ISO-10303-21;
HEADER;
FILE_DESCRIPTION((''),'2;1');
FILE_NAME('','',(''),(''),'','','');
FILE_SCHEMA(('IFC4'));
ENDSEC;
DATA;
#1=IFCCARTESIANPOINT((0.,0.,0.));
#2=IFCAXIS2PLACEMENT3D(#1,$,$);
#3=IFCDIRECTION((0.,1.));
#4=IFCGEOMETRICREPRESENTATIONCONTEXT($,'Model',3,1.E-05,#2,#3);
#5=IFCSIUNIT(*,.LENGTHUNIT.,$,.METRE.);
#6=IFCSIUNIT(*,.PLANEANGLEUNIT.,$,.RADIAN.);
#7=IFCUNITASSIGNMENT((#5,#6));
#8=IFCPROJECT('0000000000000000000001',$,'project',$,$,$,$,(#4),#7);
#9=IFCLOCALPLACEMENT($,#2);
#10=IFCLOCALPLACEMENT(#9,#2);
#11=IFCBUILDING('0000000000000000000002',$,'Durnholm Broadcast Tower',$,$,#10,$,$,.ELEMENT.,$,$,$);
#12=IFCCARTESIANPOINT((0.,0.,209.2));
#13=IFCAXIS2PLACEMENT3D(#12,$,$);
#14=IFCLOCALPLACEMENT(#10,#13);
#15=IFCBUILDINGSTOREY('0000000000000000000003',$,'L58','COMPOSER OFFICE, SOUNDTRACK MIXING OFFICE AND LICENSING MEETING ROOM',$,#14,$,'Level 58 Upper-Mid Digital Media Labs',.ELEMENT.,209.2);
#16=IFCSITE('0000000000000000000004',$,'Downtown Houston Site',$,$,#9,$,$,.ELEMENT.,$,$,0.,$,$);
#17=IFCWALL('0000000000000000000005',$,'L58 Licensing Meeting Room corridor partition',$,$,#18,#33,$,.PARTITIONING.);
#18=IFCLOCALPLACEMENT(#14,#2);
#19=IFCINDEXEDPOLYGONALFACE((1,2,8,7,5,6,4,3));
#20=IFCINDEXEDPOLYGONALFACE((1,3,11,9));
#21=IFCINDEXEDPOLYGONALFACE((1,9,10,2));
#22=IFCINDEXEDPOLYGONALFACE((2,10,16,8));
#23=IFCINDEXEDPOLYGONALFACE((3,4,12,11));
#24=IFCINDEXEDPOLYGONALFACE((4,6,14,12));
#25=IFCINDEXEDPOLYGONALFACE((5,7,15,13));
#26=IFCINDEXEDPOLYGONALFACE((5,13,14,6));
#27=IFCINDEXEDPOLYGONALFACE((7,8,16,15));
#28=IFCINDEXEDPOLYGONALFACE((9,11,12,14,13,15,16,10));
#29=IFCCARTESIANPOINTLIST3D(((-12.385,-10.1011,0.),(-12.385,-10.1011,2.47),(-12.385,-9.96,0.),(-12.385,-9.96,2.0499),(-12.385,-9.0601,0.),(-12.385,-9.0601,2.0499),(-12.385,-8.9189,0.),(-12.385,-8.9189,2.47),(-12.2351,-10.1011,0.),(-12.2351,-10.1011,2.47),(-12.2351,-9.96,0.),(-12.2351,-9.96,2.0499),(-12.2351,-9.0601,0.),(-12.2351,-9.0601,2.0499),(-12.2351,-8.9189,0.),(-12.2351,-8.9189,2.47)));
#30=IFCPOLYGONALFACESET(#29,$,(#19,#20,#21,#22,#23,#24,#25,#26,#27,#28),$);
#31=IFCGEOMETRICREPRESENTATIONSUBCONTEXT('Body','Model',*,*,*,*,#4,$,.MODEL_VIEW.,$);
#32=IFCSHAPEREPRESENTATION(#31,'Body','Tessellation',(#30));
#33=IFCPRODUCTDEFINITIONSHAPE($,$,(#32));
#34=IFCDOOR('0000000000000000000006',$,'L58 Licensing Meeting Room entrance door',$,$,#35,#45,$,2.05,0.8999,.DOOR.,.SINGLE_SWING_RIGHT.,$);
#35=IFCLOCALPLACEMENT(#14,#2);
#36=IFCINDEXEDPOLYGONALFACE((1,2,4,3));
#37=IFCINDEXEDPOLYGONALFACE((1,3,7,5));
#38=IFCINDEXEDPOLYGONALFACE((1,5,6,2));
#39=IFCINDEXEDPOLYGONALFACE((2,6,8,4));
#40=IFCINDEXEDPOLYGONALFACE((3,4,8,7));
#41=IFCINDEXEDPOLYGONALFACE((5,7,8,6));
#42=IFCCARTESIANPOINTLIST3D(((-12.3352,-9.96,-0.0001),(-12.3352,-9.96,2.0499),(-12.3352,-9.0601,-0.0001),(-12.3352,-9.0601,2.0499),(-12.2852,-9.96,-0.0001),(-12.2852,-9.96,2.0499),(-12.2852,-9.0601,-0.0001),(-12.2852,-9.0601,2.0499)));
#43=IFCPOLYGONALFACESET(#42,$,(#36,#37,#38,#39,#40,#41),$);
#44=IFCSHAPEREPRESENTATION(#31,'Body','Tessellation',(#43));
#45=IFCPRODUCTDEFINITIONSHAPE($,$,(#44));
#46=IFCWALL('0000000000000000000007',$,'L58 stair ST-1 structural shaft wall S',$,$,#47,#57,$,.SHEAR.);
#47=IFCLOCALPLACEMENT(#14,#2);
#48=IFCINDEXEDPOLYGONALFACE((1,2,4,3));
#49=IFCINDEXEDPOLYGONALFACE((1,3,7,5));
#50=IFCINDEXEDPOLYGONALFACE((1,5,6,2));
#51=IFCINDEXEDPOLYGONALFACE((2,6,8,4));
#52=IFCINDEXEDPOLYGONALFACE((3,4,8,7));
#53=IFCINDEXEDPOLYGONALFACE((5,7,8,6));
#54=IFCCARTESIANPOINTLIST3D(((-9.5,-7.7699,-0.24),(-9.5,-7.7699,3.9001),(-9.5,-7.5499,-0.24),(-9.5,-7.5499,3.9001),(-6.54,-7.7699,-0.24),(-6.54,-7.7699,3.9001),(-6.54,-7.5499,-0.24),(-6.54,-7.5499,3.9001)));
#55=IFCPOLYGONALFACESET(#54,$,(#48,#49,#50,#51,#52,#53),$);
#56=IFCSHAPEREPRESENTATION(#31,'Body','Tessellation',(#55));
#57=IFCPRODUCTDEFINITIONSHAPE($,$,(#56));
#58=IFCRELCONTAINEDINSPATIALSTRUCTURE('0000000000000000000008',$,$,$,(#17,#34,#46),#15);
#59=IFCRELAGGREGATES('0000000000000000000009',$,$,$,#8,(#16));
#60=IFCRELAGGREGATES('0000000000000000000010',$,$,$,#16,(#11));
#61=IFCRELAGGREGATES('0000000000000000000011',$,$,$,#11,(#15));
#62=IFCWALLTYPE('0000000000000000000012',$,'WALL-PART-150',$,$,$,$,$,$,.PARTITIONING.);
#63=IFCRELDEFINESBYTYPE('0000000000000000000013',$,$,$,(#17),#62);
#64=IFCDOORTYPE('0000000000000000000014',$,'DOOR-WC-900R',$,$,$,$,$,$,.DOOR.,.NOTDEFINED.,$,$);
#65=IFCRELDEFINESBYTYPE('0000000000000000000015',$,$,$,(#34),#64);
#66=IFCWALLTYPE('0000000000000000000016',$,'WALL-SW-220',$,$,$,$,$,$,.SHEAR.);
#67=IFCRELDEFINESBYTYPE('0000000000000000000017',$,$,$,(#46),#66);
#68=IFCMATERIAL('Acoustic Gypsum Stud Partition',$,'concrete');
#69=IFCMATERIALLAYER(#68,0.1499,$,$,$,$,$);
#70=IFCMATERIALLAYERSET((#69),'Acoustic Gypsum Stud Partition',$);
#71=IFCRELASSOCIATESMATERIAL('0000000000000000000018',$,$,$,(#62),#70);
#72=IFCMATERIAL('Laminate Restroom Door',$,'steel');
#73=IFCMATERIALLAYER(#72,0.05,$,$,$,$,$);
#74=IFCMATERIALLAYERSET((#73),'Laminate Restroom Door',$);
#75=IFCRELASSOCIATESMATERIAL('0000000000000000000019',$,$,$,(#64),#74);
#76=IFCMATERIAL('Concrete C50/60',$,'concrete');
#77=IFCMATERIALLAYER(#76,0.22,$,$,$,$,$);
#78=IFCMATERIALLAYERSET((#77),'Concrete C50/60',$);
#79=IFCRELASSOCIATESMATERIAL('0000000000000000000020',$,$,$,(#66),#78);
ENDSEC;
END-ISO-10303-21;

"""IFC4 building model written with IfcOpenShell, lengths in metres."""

from ifc_helpers import new_model, si_unit, direction, frame, frame_2d, origin, place, context, subcontext, project, spatial, rectangle, extrude, source, transform, mapped, material, layer, layer_set, type_object, type_shapes, element, fill, save


model = new_model("IFC4")

# Units and contexts
model_context = context("Model", 3, precision=1e-05, world=origin(), true_north=direction((0.0, 1.0)))
body_context = subcontext(model_context, "Body", "Model", "MODEL_VIEW")
ifc_project = project(units=[si_unit("LENGTHUNIT", "METRE"), si_unit("PLANEANGLEUNIT", "RADIAN")], contexts=[model_context])

# Site, building, storey
site_placement = place(None, origin())
site = spatial("IfcSite", under=ifc_project, at=site_placement, Name="Downtown Houston Site", CompositionType="ELEMENT", RefElevation=0.0)
building_placement = place(site_placement, origin())
building = spatial("IfcBuilding", under=site, at=building_placement, Name="Durnholm Broadcast Tower", CompositionType="ELEMENT")
storey_placement = place(building_placement, frame((0.0, 0.0, 209.2)))
storey = spatial("IfcBuildingStorey", under=building, at=storey_placement, Name="L58", Description="COMPOSER OFFICE, SOUNDTRACK MIXING OFFICE AND LICENSING MEETING ROOM", LongName="Level 58 Upper-Mid Digital Media Labs", CompositionType="ELEMENT", Elevation=209.2)

# Shared definitions
ifc_material_1 = material(Name="Acoustic Gypsum Stud Partition", Category="concrete")
ifc_layer_1 = layer(ifc_material_1, 0.1499)
ifc_layer_set_1 = layer_set([ifc_layer_1], Name="Acoustic Gypsum Stud Partition")
wall_type_1 = type_object("IfcWallType", Name="WALL-PART-150", PredefinedType="PARTITIONING", material=ifc_layer_set_1)

# Wall, opening, door
wall_1_placement = place(storey_placement, frame((-12.3101, -8.9189, 0.0), z_axis=(0.0, 0.0, 1.0), x_axis=(0.0, -1.0, 0.0)))
wall_1 = element("IfcWall", 1, at=wall_1_placement, inside=storey, type_object=wall_type_1, Name="L58 Licensing Meeting Room corridor partition", PredefinedType="PARTITIONING", context=body_context, shape_type="SweptSolid", body=[
    extrude(rectangle(XDim=1.1821, YDim=0.1499, at=frame_2d((0.5911, 0.0))), origin(), (0.0, 0.0, 1.0), 2.47),
])
opening_1_placement = place(wall_1_placement, frame((0.1411, 0.0, 0.0)))
opening_1 = element("IfcOpeningElement", 2, at=opening_1_placement, cuts=wall_1, PredefinedType="OPENING", context=body_context, shape_type="SweptSolid", body=[
    extrude(rectangle(XDim=0.8999, YDim=2.05, at=frame_2d((0.45, 1.0249))), frame((0.0, 0.085, 0.0), z_axis=(0.0, -1.0, 0.0), x_axis=(1.0, 0.0, 0.0)), (0.0, 0.0, 1.0), 0.1699),
])
ifc_material_2 = material(Name="Laminate Restroom Door", Category="steel")
ifc_layer_2 = layer(ifc_material_2, 0.05)
ifc_layer_set_2 = layer_set([ifc_layer_2], Name="Laminate Restroom Door")
door_type_1 = type_object("IfcDoorType", Name="DOOR-WC-900R", OperationType="NOTDEFINED", PredefinedType="DOOR", material=ifc_layer_set_2)
shared_shape_1 = source(origin(), body_context, "Body", "SweptSolid", [
    extrude(rectangle(XDim=0.8999, YDim=2.05, at=frame_2d((0.45, 1.0249))), frame((0.0, 0.0249, 0.0), z_axis=(0.0, -1.0, 0.0), x_axis=(1.0, 0.0, 0.0)), (0.0, 0.0, 1.0), 0.05),
])
type_shapes(door_type_1, [shared_shape_1])
door_1_placement = place(opening_1_placement, origin())
door_1 = element("IfcDoor", 3, at=door_1_placement, inside=storey, type_object=door_type_1, Name="L58 Licensing Meeting Room entrance door", OperationType="SINGLE_SWING_RIGHT", OverallHeight=2.05, OverallWidth=0.8999, PredefinedType="DOOR", context=body_context, shape_type="MappedRepresentation", body=[
    mapped(shared_shape_1, transform((0.0, 0.0, 0.0), x_axis=(1.0, 0.0, 0.0), y_axis=(0.0, 1.0, 0.0), z_axis=(0.0, 0.0, 1.0), scale=1.0)),
])
fill(opening_1, door_1)

# Wall
ifc_material_3 = material(Name="Concrete C50/60", Category="concrete")
ifc_layer_3 = layer(ifc_material_3, 0.22)
ifc_layer_set_3 = layer_set([ifc_layer_3], Name="Concrete C50/60")
wall_type_2 = type_object("IfcWallType", Name="WALL-SW-220", PredefinedType="SHEAR", material=ifc_layer_set_3)
wall_2_placement = place(storey_placement, frame((-9.5, -7.6599, -0.24), z_axis=(0.0, 0.0, 1.0), x_axis=(1.0, 0.0, 0.0)))
element("IfcWall", 4, at=wall_2_placement, inside=storey, type_object=wall_type_2, Name="L58 stair ST-1 structural shaft wall S", PredefinedType="SHEAR", context=body_context, shape_type="SweptSolid", body=[
    extrude(rectangle(XDim=2.96, YDim=0.22, at=frame_2d((1.48, 0.0))), origin(), (0.0, 0.0, 1.0), 4.1401),
])

save(model, "model.ifc")
